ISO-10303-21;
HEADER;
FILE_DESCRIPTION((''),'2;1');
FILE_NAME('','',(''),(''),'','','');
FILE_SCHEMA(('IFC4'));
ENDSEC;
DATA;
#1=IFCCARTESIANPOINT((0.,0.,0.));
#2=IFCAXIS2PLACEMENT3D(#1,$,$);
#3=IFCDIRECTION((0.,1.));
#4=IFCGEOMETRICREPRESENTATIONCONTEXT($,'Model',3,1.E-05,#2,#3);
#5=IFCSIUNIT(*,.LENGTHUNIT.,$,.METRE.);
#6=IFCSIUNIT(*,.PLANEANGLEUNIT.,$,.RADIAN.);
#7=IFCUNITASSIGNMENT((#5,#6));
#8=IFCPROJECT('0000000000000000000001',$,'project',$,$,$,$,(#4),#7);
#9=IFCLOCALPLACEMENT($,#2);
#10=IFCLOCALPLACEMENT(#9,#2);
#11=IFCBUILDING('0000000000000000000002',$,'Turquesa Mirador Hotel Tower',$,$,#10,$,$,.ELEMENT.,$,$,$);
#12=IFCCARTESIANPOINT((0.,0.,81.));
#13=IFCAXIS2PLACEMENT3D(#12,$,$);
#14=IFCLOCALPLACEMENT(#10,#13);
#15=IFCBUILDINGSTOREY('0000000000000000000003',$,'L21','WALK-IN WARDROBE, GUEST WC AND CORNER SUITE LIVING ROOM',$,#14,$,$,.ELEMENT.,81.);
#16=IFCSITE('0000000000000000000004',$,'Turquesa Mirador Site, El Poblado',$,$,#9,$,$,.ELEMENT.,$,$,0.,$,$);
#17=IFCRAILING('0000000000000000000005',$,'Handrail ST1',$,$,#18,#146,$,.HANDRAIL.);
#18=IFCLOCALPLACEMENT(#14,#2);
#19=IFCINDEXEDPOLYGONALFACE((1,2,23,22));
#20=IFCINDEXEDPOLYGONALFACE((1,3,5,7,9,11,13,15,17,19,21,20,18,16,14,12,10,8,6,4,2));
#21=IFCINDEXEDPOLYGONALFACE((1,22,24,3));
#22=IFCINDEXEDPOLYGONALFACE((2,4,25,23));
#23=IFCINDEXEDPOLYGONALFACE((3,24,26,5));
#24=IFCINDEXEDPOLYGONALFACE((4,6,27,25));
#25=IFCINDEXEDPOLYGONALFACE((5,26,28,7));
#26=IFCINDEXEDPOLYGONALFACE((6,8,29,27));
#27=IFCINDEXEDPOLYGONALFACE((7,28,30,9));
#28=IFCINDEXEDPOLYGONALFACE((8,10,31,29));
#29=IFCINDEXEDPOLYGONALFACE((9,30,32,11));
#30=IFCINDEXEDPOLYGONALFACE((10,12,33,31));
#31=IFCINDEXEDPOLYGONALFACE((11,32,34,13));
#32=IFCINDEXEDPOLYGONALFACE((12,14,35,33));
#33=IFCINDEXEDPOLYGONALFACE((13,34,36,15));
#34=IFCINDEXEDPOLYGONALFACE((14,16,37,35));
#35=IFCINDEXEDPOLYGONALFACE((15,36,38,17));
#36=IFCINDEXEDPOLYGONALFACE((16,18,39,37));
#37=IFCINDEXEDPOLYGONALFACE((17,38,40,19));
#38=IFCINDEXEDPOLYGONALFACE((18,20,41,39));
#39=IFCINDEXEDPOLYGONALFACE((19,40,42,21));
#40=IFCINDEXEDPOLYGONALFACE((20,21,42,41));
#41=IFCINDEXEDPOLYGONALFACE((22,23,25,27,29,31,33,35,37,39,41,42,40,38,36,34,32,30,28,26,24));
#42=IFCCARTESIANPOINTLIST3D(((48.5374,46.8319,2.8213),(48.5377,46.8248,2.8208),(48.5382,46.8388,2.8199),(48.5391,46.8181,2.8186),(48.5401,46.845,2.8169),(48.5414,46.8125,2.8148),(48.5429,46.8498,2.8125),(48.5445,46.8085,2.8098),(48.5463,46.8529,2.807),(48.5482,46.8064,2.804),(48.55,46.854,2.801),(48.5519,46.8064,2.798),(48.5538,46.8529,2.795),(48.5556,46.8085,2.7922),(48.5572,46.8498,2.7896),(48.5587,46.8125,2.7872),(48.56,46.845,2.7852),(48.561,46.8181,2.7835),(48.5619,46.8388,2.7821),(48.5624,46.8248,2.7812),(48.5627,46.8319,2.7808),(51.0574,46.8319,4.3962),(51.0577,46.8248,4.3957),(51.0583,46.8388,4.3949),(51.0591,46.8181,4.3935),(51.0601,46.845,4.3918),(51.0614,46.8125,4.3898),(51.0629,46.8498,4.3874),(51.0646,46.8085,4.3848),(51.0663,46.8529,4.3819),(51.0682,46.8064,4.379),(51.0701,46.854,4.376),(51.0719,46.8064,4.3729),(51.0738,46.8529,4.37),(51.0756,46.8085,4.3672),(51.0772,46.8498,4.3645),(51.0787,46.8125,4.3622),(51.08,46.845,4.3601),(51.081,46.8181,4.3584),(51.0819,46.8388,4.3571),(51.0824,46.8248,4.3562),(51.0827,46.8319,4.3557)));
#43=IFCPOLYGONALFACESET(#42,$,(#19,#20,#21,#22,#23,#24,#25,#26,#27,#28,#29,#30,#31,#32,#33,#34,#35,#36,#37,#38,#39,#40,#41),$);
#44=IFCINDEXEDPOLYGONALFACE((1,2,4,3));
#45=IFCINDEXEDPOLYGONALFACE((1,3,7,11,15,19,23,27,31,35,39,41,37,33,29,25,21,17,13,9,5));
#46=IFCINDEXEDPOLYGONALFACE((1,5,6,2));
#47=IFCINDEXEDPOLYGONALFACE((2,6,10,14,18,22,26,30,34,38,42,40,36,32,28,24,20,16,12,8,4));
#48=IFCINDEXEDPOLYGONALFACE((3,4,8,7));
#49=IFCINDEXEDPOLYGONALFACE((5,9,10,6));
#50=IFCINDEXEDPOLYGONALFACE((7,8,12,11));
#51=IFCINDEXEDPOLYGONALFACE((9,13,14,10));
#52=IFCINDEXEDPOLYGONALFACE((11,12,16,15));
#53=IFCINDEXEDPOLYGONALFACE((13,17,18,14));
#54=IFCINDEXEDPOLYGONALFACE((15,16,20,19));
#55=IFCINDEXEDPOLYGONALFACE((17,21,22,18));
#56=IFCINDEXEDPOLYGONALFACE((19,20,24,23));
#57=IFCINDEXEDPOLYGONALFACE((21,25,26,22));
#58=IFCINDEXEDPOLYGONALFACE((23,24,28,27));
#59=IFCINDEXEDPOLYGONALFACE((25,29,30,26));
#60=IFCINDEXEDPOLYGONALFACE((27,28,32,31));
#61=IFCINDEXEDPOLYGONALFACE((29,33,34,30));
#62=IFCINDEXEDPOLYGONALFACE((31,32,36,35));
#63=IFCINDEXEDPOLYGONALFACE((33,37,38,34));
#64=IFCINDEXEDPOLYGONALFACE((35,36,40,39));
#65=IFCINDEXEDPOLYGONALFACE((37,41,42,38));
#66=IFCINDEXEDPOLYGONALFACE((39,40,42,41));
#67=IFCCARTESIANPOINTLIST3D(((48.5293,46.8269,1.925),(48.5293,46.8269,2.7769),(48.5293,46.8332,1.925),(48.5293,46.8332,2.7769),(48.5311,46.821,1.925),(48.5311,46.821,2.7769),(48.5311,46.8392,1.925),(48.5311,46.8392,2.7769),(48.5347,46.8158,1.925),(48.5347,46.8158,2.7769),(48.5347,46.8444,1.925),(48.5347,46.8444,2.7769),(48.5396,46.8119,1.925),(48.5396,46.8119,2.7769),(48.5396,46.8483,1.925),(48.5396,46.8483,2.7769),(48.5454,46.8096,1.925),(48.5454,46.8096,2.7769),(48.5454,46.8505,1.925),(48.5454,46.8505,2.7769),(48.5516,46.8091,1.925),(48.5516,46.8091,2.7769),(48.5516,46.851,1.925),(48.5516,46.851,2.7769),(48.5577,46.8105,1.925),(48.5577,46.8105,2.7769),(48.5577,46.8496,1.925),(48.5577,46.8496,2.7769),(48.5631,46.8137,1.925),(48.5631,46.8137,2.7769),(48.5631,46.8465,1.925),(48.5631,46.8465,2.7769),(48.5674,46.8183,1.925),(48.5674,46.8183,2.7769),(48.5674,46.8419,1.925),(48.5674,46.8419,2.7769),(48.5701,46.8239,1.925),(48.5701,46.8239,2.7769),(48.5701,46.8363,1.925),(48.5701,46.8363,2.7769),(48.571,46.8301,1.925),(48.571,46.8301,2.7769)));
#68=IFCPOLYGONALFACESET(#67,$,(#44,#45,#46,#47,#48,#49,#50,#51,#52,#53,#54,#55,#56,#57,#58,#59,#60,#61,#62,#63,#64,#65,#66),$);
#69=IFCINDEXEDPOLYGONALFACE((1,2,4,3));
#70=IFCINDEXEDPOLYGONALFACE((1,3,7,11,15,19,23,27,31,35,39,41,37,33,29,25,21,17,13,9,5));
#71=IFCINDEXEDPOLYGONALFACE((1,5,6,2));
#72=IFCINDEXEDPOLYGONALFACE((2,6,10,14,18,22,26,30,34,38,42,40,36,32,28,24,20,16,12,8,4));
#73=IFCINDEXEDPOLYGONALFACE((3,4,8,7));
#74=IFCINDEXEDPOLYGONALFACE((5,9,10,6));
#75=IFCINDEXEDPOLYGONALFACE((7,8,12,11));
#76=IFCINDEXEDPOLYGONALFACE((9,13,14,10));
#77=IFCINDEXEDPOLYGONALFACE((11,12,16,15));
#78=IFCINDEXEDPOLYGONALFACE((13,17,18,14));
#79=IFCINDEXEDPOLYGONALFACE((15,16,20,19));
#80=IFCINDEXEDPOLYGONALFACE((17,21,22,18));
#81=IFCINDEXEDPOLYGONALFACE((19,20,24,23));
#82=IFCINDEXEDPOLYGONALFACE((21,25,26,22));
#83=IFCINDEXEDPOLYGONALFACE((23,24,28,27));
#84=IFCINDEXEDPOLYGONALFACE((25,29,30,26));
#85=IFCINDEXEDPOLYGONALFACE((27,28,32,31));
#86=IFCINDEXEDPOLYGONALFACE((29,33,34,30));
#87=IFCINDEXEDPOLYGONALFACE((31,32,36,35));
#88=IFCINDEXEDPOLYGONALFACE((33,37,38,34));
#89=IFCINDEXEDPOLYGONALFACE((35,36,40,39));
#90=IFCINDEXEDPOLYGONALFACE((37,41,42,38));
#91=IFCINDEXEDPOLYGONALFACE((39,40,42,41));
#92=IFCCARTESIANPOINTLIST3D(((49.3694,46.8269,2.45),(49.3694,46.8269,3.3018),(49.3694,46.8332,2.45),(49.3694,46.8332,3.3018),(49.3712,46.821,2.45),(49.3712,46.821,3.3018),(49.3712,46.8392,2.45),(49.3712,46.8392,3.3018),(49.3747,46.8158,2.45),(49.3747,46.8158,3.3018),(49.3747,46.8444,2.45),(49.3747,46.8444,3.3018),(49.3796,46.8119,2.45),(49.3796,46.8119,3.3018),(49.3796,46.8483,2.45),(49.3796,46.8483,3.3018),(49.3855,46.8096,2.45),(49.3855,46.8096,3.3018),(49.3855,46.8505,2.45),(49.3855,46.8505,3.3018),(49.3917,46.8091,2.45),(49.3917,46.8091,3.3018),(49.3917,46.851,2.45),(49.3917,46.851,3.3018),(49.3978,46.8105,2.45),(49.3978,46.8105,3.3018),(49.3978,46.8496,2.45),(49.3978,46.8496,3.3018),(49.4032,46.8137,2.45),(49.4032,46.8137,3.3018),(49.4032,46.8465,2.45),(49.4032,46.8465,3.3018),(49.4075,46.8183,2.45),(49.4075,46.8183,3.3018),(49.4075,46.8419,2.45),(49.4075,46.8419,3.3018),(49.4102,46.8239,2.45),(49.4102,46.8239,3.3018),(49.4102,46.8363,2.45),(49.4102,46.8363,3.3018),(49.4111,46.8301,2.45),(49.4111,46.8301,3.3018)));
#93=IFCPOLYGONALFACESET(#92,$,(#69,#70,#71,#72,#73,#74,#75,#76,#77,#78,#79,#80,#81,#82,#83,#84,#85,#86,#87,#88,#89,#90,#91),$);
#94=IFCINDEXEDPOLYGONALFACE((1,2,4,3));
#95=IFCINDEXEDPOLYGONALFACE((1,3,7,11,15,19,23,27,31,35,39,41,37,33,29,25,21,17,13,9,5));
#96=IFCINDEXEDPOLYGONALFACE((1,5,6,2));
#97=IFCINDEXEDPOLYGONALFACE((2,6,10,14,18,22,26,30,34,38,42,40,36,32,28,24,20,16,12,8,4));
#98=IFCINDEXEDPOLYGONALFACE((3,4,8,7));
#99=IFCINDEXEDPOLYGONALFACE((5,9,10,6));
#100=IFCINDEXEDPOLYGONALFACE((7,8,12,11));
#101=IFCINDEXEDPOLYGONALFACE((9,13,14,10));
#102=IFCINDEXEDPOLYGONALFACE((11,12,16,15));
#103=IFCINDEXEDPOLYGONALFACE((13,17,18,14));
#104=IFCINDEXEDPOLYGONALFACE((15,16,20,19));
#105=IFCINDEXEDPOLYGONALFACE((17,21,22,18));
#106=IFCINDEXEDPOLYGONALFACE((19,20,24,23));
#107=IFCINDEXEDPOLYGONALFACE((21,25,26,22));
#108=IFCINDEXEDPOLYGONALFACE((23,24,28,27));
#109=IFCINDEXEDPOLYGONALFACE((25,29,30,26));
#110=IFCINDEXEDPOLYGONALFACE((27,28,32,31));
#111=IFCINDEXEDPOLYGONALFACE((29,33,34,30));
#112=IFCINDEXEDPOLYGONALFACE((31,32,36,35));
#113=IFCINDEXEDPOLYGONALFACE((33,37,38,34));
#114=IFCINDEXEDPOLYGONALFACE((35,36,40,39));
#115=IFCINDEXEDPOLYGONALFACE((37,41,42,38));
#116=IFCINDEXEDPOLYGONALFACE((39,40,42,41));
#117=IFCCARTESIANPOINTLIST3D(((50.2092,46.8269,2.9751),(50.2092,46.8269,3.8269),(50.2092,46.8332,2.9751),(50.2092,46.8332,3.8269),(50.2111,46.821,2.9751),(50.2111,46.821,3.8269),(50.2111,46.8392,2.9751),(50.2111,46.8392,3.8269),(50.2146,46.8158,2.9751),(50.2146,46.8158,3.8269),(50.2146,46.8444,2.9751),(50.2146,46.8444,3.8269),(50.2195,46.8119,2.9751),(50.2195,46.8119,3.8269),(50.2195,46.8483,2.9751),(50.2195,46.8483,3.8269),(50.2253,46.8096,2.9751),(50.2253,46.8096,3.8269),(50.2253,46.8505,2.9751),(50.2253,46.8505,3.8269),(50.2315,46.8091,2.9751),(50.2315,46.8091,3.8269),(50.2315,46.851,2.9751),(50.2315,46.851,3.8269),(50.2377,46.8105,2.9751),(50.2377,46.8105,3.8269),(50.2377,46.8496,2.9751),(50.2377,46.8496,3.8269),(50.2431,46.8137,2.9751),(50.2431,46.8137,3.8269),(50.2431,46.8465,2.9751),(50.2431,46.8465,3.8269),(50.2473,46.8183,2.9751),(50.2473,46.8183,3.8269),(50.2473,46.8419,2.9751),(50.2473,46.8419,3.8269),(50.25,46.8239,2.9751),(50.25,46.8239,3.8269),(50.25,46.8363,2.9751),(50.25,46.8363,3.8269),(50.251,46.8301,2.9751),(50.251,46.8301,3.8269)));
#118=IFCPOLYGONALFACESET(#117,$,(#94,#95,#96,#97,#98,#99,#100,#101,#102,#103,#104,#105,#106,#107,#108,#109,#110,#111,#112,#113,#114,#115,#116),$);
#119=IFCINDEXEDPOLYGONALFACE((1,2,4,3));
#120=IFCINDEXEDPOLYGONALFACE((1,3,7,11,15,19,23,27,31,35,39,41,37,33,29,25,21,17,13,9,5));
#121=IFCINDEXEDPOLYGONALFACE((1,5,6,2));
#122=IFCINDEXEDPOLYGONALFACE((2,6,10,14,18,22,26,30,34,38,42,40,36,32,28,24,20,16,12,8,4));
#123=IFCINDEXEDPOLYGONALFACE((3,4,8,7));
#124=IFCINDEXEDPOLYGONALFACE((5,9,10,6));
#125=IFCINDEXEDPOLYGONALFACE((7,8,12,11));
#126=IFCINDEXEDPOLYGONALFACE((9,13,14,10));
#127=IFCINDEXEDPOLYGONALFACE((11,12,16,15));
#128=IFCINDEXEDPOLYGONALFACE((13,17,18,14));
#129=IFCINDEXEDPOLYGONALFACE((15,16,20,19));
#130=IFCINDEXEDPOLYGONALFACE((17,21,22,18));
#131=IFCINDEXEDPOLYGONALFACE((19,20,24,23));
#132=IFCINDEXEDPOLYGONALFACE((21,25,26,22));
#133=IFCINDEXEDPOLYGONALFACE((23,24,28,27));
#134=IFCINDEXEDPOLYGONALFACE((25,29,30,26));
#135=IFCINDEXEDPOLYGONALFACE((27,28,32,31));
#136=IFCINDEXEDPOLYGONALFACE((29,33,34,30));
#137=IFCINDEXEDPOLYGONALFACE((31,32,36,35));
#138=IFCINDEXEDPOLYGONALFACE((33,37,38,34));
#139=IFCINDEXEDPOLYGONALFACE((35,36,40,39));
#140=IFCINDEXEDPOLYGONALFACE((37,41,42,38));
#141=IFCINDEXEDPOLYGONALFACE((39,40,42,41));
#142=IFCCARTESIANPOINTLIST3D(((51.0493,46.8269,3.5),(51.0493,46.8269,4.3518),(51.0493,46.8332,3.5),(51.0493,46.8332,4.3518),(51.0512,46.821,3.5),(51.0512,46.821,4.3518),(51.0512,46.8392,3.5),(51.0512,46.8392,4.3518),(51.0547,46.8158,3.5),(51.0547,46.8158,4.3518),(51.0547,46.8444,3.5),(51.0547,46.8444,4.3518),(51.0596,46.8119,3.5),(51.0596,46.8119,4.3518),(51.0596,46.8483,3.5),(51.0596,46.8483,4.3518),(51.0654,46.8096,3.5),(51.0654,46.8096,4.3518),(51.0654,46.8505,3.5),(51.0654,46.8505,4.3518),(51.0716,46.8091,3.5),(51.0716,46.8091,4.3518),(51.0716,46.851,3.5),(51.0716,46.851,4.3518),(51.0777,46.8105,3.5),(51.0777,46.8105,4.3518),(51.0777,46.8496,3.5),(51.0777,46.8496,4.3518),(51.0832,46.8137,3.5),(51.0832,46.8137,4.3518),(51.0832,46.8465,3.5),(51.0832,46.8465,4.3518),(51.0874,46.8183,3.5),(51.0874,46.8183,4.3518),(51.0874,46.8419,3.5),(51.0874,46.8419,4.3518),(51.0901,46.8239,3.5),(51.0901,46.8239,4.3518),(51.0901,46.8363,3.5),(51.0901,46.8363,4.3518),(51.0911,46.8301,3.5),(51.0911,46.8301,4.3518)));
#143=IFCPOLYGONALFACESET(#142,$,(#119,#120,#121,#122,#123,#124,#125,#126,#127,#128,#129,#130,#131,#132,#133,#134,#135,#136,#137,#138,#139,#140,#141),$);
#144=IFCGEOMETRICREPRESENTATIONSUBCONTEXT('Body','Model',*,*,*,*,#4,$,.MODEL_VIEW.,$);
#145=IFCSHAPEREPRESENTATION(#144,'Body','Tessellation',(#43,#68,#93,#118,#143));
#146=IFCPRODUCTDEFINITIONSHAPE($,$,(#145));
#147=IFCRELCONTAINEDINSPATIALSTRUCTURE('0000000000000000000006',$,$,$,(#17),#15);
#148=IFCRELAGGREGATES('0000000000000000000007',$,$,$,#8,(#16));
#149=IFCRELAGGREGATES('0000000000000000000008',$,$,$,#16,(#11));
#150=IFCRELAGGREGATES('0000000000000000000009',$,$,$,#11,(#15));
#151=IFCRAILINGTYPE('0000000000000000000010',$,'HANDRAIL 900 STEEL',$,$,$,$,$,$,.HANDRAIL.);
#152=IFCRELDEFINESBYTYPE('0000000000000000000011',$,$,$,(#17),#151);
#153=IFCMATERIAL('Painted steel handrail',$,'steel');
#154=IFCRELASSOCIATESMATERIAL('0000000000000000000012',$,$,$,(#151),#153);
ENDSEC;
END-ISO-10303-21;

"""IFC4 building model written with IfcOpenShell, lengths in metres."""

from ifc_helpers import new_model, si_unit, direction, frame, origin, origin_2d, place, context, subcontext, project, spatial, circle, extrude, material, type_object, element, save


model = new_model("IFC4")

# Units and contexts
model_context = context("Model", 3, precision=1e-05, world=origin(), true_north=direction((0.0, 1.0)))
body_context = subcontext(model_context, "Body", "Model", "MODEL_VIEW")
ifc_project = project(units=[si_unit("LENGTHUNIT", "METRE"), si_unit("PLANEANGLEUNIT", "RADIAN")], contexts=[model_context])

# Site, building, storey
site_placement = place(None, origin())
site = spatial("IfcSite", under=ifc_project, at=site_placement, Name="Turquesa Mirador Site, El Poblado", CompositionType="ELEMENT", RefElevation=0.0)
building_placement = place(site_placement, origin())
building = spatial("IfcBuilding", under=site, at=building_placement, Name="Turquesa Mirador Hotel Tower", CompositionType="ELEMENT")
storey_placement = place(building_placement, frame((0.0, 0.0, 81.0)))
storey = spatial("IfcBuildingStorey", under=building, at=storey_placement, Name="L21", Description="WALK-IN WARDROBE, GUEST WC AND CORNER SUITE LIVING ROOM", CompositionType="ELEMENT", Elevation=81.0)

# Railing
ifc_material_1 = material(Name="Painted steel handrail", Category="steel")
railing_type = type_object("IfcRailingType", Name="HANDRAIL 900 STEEL", PredefinedType="HANDRAIL", material=ifc_material_1)
railing_1_placement = place(storey_placement, frame((48.55, 46.8301, 1.925)))
element("IfcRailing", 1, at=railing_1_placement, inside=storey, type_object=railing_type, Name="Handrail ST1", PredefinedType="HANDRAIL", context=body_context, shape_type="SweptSolid", body=[
    extrude(circle(Radius=0.0239, at=origin_2d()), frame((0.0, 0.0, 0.876), z_axis=(0.848008, 0.0, 0.529984), x_axis=(0.0, 1.0, 0.0)), (0.0, 0.0, 1.0), 2.9717),
    extrude(circle(Radius=0.021, at=origin_2d()), origin(), (0.0, 0.0, 1.0), 0.8518),
    extrude(circle(Radius=0.021, at=origin_2d()), frame((0.8401, 0.0, 0.5249)), (0.0, 0.0, 1.0), 0.8518),
    extrude(circle(Radius=0.021, at=origin_2d()), frame((1.6799, 0.0, 1.05)), (0.0, 0.0, 1.0), 0.8518),
    extrude(circle(Radius=0.021, at=origin_2d()), frame((2.52, 0.0, 1.575)), (0.0, 0.0, 1.0), 0.8518),
])

save(model, "model.ifc")
